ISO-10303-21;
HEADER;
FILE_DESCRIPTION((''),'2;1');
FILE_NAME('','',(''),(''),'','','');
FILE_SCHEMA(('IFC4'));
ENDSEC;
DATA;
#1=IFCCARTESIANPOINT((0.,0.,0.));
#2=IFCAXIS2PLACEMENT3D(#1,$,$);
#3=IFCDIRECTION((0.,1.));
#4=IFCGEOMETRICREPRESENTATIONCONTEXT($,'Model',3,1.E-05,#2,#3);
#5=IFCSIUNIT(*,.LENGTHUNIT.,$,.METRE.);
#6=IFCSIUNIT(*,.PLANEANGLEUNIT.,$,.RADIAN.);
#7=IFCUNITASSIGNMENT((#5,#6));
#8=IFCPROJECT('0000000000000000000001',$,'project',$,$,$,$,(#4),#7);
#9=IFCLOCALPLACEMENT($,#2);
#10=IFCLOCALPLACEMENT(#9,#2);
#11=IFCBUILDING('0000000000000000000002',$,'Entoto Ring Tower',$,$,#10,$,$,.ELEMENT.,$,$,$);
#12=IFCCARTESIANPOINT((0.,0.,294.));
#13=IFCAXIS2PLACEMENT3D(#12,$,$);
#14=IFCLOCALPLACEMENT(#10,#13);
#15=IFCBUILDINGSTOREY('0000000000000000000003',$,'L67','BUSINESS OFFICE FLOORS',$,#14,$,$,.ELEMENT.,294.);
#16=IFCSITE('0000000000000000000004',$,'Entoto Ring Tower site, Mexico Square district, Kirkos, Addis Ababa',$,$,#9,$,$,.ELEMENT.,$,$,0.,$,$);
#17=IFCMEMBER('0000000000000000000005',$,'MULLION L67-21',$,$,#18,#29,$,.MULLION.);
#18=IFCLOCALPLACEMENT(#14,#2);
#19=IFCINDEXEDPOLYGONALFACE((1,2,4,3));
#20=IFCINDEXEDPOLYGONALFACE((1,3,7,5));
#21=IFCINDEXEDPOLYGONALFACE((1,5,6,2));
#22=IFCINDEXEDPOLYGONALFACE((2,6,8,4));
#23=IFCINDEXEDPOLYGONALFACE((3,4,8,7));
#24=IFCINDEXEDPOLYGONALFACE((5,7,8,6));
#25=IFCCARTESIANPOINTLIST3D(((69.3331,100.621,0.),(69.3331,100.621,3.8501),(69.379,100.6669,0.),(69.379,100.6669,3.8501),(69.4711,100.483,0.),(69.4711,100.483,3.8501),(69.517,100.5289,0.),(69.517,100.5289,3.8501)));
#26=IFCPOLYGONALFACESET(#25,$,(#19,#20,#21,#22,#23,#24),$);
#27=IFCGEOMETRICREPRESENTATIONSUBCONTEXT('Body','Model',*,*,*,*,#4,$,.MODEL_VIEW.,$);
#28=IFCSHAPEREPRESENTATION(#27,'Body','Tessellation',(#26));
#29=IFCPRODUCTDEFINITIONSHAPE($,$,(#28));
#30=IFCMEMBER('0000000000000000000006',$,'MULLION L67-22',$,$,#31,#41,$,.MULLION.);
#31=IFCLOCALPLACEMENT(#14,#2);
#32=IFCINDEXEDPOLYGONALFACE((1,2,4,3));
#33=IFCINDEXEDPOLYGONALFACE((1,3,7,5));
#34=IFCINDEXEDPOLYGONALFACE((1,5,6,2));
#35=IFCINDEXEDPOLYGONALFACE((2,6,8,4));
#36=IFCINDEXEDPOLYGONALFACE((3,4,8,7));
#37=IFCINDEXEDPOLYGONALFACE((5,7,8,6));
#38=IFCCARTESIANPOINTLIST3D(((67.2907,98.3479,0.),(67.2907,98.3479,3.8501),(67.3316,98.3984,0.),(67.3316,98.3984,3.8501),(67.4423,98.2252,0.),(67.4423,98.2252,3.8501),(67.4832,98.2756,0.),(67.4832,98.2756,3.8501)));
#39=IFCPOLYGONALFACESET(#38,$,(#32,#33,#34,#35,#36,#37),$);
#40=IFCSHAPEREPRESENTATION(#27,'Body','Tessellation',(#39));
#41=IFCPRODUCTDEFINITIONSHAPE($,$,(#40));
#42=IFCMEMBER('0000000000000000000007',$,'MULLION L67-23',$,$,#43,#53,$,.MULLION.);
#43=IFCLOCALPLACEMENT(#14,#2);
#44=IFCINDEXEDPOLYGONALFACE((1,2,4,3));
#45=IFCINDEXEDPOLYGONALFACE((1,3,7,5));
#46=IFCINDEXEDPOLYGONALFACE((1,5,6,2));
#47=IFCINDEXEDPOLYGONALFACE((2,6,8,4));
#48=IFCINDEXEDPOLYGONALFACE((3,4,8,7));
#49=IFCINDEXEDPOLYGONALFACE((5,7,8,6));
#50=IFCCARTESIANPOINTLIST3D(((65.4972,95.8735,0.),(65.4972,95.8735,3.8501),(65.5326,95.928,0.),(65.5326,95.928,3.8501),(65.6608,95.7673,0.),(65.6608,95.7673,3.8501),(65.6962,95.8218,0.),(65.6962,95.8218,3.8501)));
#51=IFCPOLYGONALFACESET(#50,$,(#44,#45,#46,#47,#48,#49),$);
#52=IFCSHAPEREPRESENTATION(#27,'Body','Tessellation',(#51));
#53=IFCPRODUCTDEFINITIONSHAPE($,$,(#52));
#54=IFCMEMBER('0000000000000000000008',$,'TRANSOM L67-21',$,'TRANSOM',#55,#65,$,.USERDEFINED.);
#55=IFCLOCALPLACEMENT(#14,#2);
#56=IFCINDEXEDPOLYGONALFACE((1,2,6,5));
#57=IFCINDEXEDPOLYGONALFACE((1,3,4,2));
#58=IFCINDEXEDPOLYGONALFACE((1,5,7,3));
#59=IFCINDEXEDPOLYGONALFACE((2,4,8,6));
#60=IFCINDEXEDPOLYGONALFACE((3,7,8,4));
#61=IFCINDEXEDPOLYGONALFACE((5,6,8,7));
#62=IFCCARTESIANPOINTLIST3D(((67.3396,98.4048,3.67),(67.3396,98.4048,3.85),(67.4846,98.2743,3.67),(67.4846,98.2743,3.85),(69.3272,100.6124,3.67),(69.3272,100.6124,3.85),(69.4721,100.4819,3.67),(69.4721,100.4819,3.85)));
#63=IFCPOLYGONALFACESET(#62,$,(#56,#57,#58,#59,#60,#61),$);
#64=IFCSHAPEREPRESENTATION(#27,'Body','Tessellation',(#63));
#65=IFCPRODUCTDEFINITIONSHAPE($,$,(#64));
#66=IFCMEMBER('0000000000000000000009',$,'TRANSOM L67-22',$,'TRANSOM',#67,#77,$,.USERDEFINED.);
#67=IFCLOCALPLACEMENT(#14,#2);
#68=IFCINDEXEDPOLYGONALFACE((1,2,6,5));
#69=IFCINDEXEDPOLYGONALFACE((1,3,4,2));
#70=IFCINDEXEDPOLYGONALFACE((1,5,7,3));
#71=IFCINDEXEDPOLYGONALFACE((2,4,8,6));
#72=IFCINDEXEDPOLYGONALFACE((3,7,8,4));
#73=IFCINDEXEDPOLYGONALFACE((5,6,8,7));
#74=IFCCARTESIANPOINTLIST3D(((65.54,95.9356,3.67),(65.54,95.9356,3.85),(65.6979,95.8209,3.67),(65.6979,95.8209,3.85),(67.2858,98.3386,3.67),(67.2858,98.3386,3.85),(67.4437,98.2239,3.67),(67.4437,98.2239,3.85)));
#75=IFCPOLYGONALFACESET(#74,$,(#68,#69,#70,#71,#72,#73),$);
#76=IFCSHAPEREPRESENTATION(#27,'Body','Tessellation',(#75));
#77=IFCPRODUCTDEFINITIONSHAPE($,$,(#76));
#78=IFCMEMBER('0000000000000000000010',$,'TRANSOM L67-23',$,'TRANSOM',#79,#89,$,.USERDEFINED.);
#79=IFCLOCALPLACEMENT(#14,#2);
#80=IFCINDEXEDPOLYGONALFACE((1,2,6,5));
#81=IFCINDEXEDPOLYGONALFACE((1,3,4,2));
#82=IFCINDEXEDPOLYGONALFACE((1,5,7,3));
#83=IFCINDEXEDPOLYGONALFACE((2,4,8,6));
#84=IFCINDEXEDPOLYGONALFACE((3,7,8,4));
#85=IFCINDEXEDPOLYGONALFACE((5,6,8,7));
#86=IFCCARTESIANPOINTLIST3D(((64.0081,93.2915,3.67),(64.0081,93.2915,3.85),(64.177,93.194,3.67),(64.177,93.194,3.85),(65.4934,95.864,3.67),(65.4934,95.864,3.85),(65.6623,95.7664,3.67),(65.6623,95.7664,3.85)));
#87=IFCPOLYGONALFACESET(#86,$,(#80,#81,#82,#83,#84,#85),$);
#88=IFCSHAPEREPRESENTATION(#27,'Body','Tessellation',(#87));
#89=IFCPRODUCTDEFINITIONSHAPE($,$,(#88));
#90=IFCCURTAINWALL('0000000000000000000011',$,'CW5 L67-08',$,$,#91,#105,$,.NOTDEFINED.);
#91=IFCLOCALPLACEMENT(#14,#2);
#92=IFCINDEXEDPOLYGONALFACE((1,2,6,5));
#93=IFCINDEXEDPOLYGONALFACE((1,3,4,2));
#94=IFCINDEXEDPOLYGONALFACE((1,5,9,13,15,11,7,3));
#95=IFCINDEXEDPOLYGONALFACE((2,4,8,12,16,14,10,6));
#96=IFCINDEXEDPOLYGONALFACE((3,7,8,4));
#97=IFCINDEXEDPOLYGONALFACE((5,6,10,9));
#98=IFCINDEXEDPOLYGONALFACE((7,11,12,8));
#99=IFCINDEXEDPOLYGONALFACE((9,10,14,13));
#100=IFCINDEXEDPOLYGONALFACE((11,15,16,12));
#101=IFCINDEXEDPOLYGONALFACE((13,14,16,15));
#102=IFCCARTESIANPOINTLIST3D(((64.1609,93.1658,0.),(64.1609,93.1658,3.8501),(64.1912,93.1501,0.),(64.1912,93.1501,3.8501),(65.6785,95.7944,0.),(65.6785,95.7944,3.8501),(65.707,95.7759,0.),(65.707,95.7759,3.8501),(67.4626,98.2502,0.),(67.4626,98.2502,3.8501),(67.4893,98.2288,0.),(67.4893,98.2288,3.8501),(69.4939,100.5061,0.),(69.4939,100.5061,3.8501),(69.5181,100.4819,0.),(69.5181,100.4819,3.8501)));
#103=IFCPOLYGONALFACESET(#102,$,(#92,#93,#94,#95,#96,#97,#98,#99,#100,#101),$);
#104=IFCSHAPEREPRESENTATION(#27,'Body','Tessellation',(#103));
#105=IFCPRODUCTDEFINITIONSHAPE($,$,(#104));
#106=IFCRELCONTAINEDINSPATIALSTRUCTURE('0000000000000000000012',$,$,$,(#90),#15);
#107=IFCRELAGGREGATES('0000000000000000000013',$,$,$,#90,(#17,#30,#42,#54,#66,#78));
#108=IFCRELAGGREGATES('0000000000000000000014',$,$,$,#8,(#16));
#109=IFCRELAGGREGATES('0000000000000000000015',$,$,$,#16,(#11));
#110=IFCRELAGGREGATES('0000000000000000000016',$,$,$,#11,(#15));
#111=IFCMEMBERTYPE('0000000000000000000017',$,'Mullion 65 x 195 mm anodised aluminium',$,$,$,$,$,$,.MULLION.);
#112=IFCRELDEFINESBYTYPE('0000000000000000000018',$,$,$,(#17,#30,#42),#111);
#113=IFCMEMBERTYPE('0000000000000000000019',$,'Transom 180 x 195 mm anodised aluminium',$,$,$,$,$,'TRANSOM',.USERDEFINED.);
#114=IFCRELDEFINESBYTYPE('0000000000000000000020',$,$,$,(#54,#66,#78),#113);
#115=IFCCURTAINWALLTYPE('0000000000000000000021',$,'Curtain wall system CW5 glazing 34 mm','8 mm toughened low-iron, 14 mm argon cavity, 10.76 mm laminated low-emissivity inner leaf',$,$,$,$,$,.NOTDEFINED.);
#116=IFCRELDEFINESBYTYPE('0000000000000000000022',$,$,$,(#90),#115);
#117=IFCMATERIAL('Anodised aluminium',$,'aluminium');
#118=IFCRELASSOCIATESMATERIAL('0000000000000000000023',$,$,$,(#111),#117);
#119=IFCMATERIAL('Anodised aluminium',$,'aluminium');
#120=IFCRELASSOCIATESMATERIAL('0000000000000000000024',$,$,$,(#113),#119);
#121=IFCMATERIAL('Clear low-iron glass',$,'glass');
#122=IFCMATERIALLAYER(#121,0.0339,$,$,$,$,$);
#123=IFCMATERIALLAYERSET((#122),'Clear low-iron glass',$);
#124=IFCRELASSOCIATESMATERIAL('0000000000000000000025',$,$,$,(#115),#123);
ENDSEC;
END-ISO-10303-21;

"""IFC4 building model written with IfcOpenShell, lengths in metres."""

from ifc_helpers import new_model, si_unit, direction, frame, origin, origin_2d, place, context, subcontext, project, spatial, polyline, rectangle, outline, extrude, material, layer, layer_set, material_profile, profile_set, type_object, element, aggregate, save


model = new_model("IFC4")

# Units and contexts
model_context = context("Model", 3, precision=1e-05, world=origin(), true_north=direction((0.0, 1.0)))
body_context = subcontext(model_context, "Body", "Model", "MODEL_VIEW")
ifc_project = project(units=[si_unit("LENGTHUNIT", "METRE"), si_unit("PLANEANGLEUNIT", "RADIAN")], contexts=[model_context])

# Members
ifc_material_1 = material(Name="Anodised aluminium", Category="aluminium")
ifc_material_profile_1 = material_profile(ifc_material_1, rectangle(XDim=0.0649, YDim=0.1951, at=origin_2d()), Name="Mullion 65 x 195 mm anodised aluminium")
ifc_profile_set_1 = profile_set([ifc_material_profile_1], Name="Anodised aluminium")
member_type_1 = type_object("IfcMemberType", Name="Mullion 65 x 195 mm anodised aluminium", PredefinedType="MULLION", material=ifc_profile_set_1)
site_placement = place(None, origin())
building_placement = place(site_placement, origin())
storey_placement = place(building_placement, frame((0.0, 0.0, 294.0)))
member_1_placement = place(storey_placement, frame((69.425, 100.575, 0.0), z_axis=(0.0, 0.0, 1.0), x_axis=(-0.707107, -0.707107, 0.0)))
member_1 = element("IfcMember", 1, at=member_1_placement, type_object=member_type_1, Name="MULLION L67-21", PredefinedType="MULLION", context=body_context, shape_type="SweptSolid", body=[
    extrude(rectangle(XDim=0.0649, YDim=0.1951, at=origin_2d()), origin(), (0.0, 0.0, 1.0), 3.8501),
])
member_2_placement = place(storey_placement, frame((67.387, 98.3118, 0.0), z_axis=(0.0, 0.0, 1.0), x_axis=(-0.62932, -0.777146, 0.0)))
member_2 = element("IfcMember", 2, at=member_2_placement, type_object=member_type_1, Name="MULLION L67-22", PredefinedType="MULLION", context=body_context, shape_type="SweptSolid", body=[
    extrude(rectangle(XDim=0.0649, YDim=0.1951, at=origin_2d()), origin(), (0.0, 0.0, 1.0), 3.8501),
])
member_3_placement = place(storey_placement, frame((65.5967, 95.8477, 0.0), z_axis=(0.0, 0.0, 1.0), x_axis=(-0.544639, -0.838671, 0.0)))
member_3 = element("IfcMember", 3, at=member_3_placement, type_object=member_type_1, Name="MULLION L67-23", PredefinedType="MULLION", context=body_context, shape_type="SweptSolid", body=[
    extrude(rectangle(XDim=0.0649, YDim=0.1951, at=origin_2d()), origin(), (0.0, 0.0, 1.0), 3.8501),
])
ifc_material_2 = material(Name="Anodised aluminium", Category="aluminium")
ifc_material_profile_2 = material_profile(ifc_material_2, rectangle(XDim=0.1951, YDim=0.1799, at=origin_2d()), Name="Transom 180 x 195 mm anodised aluminium")
ifc_profile_set_2 = profile_set([ifc_material_profile_2], Name="Anodised aluminium")
member_type_2 = type_object("IfcMemberType", Name="Transom 180 x 195 mm anodised aluminium", ElementType="TRANSOM", PredefinedType="USERDEFINED", material=ifc_profile_set_2)
member_4_placement = place(storey_placement, frame((69.3997, 100.5471, 3.76), z_axis=(-0.66911, -0.743163, 0.0), x_axis=(0.743163, -0.66911, 0.0)))
member_4 = element("IfcMember", 4, at=member_4_placement, type_object=member_type_2, Name="TRANSOM L67-21", ObjectType="TRANSOM", PredefinedType="USERDEFINED", context=body_context, shape_type="SweptSolid", body=[
    extrude(rectangle(XDim=0.1951, YDim=0.1799, at=origin_2d()), origin(), (0.0, 0.0, 1.0), 2.9705),
])
member_5_placement = place(storey_placement, frame((67.3647, 98.2812, 3.76), z_axis=(-0.587766, -0.809031, 0.0), x_axis=(0.809031, -0.587766, 0.0)))
member_5 = element("IfcMember", 5, at=member_5_placement, type_object=member_type_2, Name="TRANSOM L67-22", ObjectType="TRANSOM", PredefinedType="USERDEFINED", context=body_context, shape_type="SweptSolid", body=[
    extrude(rectangle(XDim=0.1951, YDim=0.1799, at=origin_2d()), origin(), (0.0, 0.0, 1.0), 2.9702),
])
member_6_placement = place(storey_placement, frame((65.5779, 95.8152, 3.76), z_axis=(-0.500028, -0.866009, 0.0), x_axis=(0.866009, -0.500028, 0.0)))
member_6 = element("IfcMember", 6, at=member_6_placement, type_object=member_type_2, Name="TRANSOM L67-23", ObjectType="TRANSOM", PredefinedType="USERDEFINED", context=body_context, shape_type="SweptSolid", body=[
    extrude(rectangle(XDim=0.1951, YDim=0.1799, at=origin_2d()), origin(), (0.0, 0.0, 1.0), 2.9705),
])

# Site, building, storey
site = spatial("IfcSite", under=ifc_project, at=site_placement, Name="Entoto Ring Tower site, Mexico Square district, Kirkos, Addis Ababa", CompositionType="ELEMENT", RefElevation=0.0)
building = spatial("IfcBuilding", under=site, at=building_placement, Name="Entoto Ring Tower", CompositionType="ELEMENT")
storey = spatial("IfcBuildingStorey", under=building, at=storey_placement, Name="L67", Description="BUSINESS OFFICE FLOORS", CompositionType="ELEMENT", Elevation=294.0)

# Curtain wall
ifc_material_3 = material(Name="Clear low-iron glass", Category="glass")
ifc_layer = layer(ifc_material_3, 0.0339)
ifc_layer_set = layer_set([ifc_layer], Name="Clear low-iron glass")
curtain_wall_type = type_object("IfcCurtainWallType", Name="Curtain wall system CW5 glazing 34 mm", Description="8 mm toughened low-iron, 14 mm argon cavity, 10.76 mm laminated low-emissivity inner leaf", PredefinedType="NOTDEFINED", material=ifc_layer_set)
curtain_wall_1_placement = place(storey_placement, origin())
curtain_wall_1 = element("IfcCurtainWall", 7, at=curtain_wall_1_placement, inside=storey, type_object=curtain_wall_type, Name="CW5 L67-08", PredefinedType="NOTDEFINED", context=body_context, shape_type="SweptSolid", body=[
    extrude(outline(polyline([(69.4939, 100.5061), (67.4626, 98.2502), (65.6785, 95.7944), (64.1609, 93.1658), (64.1912, 93.1501), (65.707, 95.7759), (67.4893, 98.2288), (69.5181, 100.4819), (69.4939, 100.5061)])), origin(), (0.0, 0.0, 1.0), 3.8501),
])
aggregate(curtain_wall_1, [member_1, member_2, member_3, member_4, member_5, member_6])

save(model, "model.ifc")
